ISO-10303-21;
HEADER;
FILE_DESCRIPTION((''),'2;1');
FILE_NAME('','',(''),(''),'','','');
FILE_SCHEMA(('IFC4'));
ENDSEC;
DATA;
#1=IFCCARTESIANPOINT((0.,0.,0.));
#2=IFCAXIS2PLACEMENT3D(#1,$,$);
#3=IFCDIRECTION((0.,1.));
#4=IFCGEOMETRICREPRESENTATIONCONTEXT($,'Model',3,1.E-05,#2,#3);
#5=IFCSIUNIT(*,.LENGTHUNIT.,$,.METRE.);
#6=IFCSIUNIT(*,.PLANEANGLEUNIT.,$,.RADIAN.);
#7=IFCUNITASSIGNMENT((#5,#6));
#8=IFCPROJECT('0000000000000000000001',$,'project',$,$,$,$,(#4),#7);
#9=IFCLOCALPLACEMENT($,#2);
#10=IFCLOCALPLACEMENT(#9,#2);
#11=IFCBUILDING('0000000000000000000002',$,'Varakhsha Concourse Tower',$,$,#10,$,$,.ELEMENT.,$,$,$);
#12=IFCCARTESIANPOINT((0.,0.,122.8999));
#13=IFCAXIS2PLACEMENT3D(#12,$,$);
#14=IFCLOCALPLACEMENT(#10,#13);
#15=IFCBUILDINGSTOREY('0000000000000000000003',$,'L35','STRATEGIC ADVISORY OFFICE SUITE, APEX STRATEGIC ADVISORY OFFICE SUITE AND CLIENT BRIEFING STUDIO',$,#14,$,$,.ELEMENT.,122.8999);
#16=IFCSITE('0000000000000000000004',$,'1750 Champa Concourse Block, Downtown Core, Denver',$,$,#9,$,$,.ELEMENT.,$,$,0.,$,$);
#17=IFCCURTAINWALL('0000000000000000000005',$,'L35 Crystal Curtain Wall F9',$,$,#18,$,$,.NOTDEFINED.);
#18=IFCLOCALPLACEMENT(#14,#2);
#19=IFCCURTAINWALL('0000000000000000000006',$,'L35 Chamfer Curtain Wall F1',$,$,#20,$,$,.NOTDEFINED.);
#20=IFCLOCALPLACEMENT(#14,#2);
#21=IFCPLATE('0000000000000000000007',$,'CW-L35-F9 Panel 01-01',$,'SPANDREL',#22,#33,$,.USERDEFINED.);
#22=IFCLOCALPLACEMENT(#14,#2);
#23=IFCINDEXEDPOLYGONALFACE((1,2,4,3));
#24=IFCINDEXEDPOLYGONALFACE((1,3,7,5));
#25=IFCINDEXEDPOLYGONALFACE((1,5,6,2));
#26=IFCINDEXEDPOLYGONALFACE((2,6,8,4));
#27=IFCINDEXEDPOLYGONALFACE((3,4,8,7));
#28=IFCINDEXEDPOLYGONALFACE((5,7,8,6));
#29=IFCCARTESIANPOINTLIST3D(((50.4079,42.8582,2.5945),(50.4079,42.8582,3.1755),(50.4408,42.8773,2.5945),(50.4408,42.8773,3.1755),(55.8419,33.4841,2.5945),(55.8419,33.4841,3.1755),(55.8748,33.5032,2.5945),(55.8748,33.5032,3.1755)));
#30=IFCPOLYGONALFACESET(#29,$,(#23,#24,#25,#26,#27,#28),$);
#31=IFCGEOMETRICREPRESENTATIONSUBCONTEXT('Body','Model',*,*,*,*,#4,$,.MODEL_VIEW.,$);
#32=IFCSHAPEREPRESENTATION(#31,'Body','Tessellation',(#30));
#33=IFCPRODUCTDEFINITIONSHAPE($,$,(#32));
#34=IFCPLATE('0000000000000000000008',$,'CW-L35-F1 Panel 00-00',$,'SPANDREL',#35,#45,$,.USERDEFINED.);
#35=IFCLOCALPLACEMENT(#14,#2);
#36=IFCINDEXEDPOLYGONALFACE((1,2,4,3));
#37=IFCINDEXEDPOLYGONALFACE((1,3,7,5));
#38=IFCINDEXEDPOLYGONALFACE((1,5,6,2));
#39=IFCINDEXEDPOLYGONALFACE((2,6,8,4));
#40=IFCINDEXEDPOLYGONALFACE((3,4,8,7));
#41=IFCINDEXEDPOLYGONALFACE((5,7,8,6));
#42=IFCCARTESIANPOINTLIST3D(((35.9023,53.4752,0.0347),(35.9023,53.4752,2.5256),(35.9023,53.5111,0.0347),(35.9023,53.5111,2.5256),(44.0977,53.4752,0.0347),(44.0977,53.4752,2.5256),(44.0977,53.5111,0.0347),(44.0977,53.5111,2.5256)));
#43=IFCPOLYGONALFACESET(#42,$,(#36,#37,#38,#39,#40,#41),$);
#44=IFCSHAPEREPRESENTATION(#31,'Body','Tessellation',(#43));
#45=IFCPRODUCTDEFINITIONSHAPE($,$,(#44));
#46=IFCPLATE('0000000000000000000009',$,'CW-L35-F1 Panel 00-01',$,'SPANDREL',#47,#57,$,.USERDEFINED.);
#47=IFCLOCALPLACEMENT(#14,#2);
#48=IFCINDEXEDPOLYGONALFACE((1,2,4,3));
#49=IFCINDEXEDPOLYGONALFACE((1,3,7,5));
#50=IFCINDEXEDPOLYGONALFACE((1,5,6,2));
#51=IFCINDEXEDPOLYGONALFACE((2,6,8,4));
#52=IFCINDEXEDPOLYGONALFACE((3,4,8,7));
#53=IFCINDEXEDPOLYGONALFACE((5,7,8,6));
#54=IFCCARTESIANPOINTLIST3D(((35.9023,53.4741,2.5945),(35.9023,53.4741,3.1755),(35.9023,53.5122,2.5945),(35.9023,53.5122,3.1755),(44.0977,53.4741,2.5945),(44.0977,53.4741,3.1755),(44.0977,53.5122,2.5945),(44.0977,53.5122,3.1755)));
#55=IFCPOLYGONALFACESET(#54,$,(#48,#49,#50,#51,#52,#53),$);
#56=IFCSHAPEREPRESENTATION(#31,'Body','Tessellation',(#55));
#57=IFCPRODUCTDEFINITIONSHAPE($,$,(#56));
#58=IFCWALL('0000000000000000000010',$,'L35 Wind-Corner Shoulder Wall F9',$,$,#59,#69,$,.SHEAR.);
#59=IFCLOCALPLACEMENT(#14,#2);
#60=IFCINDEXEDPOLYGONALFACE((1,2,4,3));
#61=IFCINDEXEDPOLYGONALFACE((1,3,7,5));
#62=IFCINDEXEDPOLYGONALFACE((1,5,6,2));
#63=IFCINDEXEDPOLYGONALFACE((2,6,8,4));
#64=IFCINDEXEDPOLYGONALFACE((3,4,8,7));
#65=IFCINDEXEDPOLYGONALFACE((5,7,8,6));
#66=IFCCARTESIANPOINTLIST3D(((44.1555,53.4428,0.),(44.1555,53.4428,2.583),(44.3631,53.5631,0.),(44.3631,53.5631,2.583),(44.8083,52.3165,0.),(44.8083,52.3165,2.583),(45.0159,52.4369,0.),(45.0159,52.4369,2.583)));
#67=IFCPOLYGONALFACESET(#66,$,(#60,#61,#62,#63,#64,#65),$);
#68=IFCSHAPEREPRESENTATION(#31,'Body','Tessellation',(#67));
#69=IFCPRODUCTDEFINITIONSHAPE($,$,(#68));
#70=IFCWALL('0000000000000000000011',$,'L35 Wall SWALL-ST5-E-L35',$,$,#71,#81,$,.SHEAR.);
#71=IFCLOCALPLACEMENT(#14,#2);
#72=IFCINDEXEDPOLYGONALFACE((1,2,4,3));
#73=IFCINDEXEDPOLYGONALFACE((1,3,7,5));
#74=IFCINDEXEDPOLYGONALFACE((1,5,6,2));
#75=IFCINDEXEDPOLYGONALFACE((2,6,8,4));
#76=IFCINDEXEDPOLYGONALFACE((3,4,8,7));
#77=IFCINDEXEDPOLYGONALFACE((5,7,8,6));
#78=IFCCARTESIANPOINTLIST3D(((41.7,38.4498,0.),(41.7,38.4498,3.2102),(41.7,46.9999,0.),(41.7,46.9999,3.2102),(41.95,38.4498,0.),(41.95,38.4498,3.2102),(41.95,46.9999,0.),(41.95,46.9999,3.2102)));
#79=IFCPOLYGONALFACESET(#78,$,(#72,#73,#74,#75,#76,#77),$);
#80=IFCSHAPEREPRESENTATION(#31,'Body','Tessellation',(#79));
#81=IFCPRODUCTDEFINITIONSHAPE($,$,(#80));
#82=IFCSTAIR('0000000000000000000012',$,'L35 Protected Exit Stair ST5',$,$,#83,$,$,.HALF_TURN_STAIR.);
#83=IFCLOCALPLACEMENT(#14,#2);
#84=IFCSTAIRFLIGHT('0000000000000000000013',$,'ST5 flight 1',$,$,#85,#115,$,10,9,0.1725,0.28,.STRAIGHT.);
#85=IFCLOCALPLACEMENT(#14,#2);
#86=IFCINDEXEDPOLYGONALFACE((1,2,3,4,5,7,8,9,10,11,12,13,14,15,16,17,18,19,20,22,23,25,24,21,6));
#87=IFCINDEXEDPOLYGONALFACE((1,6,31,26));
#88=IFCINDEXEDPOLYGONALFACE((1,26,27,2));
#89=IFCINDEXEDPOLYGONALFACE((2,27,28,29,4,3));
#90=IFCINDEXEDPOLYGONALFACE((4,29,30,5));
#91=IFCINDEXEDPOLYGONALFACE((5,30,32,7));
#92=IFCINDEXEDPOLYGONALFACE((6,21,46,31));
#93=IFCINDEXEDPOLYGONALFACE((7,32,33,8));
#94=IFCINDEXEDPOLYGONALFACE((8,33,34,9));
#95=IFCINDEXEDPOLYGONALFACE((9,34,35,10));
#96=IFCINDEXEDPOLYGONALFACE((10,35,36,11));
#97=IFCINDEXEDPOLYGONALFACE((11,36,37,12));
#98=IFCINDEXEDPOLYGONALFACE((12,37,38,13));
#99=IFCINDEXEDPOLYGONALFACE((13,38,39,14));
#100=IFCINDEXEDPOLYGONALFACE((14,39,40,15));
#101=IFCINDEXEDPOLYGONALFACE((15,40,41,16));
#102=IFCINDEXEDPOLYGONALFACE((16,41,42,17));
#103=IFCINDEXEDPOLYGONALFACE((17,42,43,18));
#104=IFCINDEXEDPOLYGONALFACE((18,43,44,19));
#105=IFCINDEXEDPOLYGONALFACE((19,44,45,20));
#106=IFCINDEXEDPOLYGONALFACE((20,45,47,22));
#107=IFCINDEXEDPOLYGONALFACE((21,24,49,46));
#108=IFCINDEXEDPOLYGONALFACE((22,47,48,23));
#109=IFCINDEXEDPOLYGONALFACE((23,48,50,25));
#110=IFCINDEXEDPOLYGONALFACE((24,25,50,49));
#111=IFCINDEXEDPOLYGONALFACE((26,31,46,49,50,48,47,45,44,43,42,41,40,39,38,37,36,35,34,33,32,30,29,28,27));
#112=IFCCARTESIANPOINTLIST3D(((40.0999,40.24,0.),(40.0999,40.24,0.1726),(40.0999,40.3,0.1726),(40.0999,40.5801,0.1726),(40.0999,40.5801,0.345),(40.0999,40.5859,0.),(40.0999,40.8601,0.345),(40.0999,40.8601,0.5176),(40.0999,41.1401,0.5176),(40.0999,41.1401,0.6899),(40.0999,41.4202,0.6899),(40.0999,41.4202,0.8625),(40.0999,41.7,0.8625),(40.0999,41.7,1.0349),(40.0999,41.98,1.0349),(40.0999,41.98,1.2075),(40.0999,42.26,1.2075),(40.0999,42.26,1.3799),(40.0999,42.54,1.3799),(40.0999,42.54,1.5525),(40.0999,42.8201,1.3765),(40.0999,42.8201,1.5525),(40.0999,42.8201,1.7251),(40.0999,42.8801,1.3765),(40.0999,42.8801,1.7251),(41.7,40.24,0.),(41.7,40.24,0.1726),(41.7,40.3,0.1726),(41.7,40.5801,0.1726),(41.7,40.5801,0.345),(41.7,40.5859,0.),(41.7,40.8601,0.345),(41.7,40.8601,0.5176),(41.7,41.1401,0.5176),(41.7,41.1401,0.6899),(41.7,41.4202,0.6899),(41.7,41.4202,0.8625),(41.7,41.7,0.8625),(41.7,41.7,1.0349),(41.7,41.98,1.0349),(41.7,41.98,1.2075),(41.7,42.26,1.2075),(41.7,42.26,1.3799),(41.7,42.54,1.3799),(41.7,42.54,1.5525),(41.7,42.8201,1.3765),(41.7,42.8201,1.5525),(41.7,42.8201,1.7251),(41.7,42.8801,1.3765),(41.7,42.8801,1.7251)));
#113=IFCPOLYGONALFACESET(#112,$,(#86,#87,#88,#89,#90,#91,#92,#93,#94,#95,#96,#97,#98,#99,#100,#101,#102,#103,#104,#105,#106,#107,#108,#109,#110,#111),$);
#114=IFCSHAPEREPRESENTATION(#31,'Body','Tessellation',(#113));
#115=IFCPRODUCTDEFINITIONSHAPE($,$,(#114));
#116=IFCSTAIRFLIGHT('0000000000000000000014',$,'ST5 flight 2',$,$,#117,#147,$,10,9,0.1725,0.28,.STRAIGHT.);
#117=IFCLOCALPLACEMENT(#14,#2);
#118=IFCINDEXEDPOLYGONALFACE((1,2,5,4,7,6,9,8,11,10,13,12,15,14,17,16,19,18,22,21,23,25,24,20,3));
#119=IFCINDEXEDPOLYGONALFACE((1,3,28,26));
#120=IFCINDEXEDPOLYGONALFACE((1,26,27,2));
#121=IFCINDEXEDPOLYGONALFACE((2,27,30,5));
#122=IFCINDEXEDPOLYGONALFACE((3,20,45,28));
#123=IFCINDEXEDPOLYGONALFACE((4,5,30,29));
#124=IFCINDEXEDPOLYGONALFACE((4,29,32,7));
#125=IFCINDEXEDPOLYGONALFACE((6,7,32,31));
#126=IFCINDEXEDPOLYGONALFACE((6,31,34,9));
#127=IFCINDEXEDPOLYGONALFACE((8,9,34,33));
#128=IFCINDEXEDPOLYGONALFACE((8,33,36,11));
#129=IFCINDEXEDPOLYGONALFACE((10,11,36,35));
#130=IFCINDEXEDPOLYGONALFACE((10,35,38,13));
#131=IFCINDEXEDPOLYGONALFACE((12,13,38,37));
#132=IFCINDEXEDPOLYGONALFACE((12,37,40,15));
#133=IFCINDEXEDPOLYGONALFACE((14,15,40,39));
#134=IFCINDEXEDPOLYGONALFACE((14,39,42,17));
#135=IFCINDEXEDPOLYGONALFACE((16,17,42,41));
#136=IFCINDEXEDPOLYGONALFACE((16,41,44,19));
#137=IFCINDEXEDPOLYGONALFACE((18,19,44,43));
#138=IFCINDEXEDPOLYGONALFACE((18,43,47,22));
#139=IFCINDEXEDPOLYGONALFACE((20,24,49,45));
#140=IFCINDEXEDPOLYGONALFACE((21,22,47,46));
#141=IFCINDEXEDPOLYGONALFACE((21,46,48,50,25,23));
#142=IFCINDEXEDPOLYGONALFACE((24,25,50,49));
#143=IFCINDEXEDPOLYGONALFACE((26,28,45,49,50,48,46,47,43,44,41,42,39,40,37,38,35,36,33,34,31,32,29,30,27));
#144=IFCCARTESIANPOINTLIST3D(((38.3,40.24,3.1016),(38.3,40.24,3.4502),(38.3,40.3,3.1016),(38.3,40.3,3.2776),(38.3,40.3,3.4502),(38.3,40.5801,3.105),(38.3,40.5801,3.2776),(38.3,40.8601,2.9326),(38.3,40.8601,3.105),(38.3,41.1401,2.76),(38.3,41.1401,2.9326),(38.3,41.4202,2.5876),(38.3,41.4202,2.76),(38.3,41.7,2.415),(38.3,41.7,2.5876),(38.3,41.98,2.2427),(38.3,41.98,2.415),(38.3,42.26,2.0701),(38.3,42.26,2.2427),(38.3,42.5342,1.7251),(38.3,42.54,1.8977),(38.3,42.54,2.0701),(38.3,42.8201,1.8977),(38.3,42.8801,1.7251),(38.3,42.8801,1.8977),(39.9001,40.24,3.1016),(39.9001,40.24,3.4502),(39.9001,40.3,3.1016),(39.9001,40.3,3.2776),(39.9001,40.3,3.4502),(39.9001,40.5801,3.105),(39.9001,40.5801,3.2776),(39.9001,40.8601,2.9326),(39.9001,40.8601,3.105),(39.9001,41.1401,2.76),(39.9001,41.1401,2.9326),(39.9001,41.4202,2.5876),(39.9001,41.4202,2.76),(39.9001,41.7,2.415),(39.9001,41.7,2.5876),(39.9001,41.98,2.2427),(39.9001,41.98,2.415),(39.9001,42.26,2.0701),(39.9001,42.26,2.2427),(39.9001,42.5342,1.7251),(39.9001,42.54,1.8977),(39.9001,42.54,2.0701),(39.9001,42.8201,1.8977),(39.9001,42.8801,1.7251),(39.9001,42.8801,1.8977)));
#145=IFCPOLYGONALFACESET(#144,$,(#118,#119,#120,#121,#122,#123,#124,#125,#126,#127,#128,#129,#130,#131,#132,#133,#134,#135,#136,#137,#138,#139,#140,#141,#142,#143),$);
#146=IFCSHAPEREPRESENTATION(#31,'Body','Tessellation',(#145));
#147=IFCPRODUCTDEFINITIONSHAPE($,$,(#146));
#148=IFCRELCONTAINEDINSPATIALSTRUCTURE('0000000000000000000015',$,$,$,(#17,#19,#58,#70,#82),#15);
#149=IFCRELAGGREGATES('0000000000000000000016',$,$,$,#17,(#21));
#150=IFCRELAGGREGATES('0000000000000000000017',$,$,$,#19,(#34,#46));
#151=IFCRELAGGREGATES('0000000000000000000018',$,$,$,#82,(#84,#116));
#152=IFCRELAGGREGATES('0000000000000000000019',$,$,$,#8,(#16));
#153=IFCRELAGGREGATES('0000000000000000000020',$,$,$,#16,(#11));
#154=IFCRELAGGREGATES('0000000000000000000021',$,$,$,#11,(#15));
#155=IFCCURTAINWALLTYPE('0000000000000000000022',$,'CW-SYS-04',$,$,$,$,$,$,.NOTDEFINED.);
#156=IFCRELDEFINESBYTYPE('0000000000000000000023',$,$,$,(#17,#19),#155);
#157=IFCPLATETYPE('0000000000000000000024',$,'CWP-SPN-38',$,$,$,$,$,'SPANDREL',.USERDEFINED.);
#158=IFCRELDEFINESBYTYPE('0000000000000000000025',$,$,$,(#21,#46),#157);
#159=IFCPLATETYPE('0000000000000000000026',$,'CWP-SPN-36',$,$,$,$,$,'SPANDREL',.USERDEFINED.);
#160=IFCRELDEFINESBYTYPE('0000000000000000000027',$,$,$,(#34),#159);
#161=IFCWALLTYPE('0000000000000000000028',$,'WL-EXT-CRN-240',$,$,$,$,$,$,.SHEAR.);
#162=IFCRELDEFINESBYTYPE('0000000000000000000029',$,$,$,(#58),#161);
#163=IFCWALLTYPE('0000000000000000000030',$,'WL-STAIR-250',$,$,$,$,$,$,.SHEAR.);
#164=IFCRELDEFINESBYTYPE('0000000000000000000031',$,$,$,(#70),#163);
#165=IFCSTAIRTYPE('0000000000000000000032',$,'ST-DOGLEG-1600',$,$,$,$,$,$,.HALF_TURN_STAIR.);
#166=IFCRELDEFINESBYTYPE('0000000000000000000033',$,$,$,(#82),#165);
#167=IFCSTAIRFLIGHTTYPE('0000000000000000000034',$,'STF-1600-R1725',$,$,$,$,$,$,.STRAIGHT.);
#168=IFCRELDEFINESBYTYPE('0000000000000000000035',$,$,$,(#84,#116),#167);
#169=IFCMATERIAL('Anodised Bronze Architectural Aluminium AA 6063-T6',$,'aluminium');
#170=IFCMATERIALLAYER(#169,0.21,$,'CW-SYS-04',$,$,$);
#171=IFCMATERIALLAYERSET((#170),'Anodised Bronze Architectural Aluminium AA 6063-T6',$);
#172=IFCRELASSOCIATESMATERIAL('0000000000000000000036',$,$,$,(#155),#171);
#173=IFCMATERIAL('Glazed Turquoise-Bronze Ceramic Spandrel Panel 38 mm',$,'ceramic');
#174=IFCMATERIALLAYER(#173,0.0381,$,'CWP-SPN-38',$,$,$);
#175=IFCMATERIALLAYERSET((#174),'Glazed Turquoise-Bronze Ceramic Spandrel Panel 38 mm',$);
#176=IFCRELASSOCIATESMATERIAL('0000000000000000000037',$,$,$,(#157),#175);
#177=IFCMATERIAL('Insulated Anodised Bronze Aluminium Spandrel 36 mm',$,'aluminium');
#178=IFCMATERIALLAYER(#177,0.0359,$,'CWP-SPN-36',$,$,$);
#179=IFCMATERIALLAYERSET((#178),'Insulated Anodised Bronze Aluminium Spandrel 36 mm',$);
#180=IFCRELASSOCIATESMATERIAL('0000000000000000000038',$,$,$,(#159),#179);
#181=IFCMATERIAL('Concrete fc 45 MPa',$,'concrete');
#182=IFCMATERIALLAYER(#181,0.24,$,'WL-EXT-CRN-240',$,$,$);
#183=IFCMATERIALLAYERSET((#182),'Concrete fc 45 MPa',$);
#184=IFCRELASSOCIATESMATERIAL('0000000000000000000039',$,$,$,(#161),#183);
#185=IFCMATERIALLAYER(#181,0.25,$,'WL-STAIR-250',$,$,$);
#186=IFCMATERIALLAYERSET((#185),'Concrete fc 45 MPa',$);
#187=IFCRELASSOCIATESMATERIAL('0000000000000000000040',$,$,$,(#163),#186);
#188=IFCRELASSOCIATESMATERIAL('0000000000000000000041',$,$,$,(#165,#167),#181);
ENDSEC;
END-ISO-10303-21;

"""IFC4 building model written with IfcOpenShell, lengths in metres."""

from ifc_helpers import new_model, si_unit, direction, frame, frame_2d, origin, origin_2d, place, context, subcontext, project, spatial, polyline, rectangle, outline, extrude, source, transform, mapped, material, layer, layer_set, type_object, type_shapes, element, aggregate, save


model = new_model("IFC4")

# Units and contexts
model_context = context("Model", 3, precision=1e-05, world=origin(), true_north=direction((0.0, 1.0)))
body_context = subcontext(model_context, "Body", "Model", "MODEL_VIEW")
ifc_project = project(units=[si_unit("LENGTHUNIT", "METRE"), si_unit("PLANEANGLEUNIT", "RADIAN")], contexts=[model_context])

# Site, building, storey
site_placement = place(None, origin())
site = spatial("IfcSite", under=ifc_project, at=site_placement, Name="1750 Champa Concourse Block, Downtown Core, Denver", CompositionType="ELEMENT", RefElevation=0.0)
building_placement = place(site_placement, origin())
building = spatial("IfcBuilding", under=site, at=building_placement, Name="Varakhsha Concourse Tower", CompositionType="ELEMENT")
storey_placement = place(building_placement, frame((0.0, 0.0, 122.8999)))
storey = spatial("IfcBuildingStorey", under=building, at=storey_placement, Name="L35", Description="STRATEGIC ADVISORY OFFICE SUITE, APEX STRATEGIC ADVISORY OFFICE SUITE AND CLIENT BRIEFING STUDIO", CompositionType="ELEMENT", Elevation=122.8999)

# Curtain walls
ifc_material_1 = material(Name="Anodised Bronze Architectural Aluminium AA 6063-T6", Category="aluminium")
ifc_layer_1 = layer(ifc_material_1, 0.21, Name="CW-SYS-04")
ifc_layer_set_1 = layer_set([ifc_layer_1], Name="Anodised Bronze Architectural Aluminium AA 6063-T6")
curtain_wall_type = type_object("IfcCurtainWallType", Name="CW-SYS-04", PredefinedType="NOTDEFINED", material=ifc_layer_set_1)
curtain_wall_1_placement = place(storey_placement, origin())
curtain_wall_1 = element("IfcCurtainWall", 1, at=curtain_wall_1_placement, inside=storey, type_object=curtain_wall_type, Name="L35 Crystal Curtain Wall F9", PredefinedType="NOTDEFINED")
curtain_wall_2_placement = place(storey_placement, origin())
curtain_wall_2 = element("IfcCurtainWall", 2, at=curtain_wall_2_placement, inside=storey, type_object=curtain_wall_type, Name="L35 Chamfer Curtain Wall F1", PredefinedType="NOTDEFINED")

# Plates
ifc_material_2 = material(Name="Glazed Turquoise-Bronze Ceramic Spandrel Panel 38 mm", Category="ceramic")
ifc_layer_2 = layer(ifc_material_2, 0.0381, Name="CWP-SPN-38")
ifc_layer_set_2 = layer_set([ifc_layer_2], Name="Glazed Turquoise-Bronze Ceramic Spandrel Panel 38 mm")
plate_type_1 = type_object("IfcPlateType", Name="CWP-SPN-38", ElementType="SPANDREL", PredefinedType="USERDEFINED", material=ifc_layer_set_2)
shared_shape_1 = source(origin(), body_context, "Body", "SweptSolid", [
    extrude(rectangle(XDim=10.8352, YDim=0.0381, at=origin_2d()), origin(), (0.0, 0.0, 1.0), 0.5811),
])
plate_1_placement = place(storey_placement, frame((53.1414, 38.1807, 2.5945), z_axis=(0.0, 0.0, 1.0), x_axis=(0.501514, -0.86515, 0.0)))
plate_1 = element("IfcPlate", 3, at=plate_1_placement, type_object=plate_type_1, Name="CW-L35-F9 Panel 01-01", ObjectType="SPANDREL", PredefinedType="USERDEFINED", context=body_context, shape_type="MappedRepresentation", body=[
    mapped(shared_shape_1, transform((0.0, 0.0, 0.0), scale=1.0)),
])
aggregate(curtain_wall_1, [plate_1])
ifc_material_3 = material(Name="Insulated Anodised Bronze Aluminium Spandrel 36 mm", Category="aluminium")
ifc_layer_3 = layer(ifc_material_3, 0.0359, Name="CWP-SPN-36")
ifc_layer_set_3 = layer_set([ifc_layer_3], Name="Insulated Anodised Bronze Aluminium Spandrel 36 mm")
plate_type_2 = type_object("IfcPlateType", Name="CWP-SPN-36", ElementType="SPANDREL", PredefinedType="USERDEFINED", material=ifc_layer_set_3)
shared_shape_2 = source(origin(), body_context, "Body", "SweptSolid", [
    extrude(rectangle(XDim=8.1953, YDim=0.0359, at=origin_2d()), origin(), (0.0, 0.0, 1.0), 2.491),
])
type_shapes(plate_type_2, [shared_shape_2])
plate_2_placement = place(storey_placement, frame((40.0, 53.4932, 0.0347), z_axis=(0.0, 0.0, 1.0), x_axis=(1.0, 0.0, 0.0)))
plate_2 = element("IfcPlate", 4, at=plate_2_placement, type_object=plate_type_2, Name="CW-L35-F1 Panel 00-00", ObjectType="SPANDREL", PredefinedType="USERDEFINED", context=body_context, shape_type="MappedRepresentation", body=[
    mapped(shared_shape_2, transform((0.0, 0.0, 0.0), scale=1.0)),
])
shared_shape_3 = source(origin(), body_context, "Body", "SweptSolid", [
    extrude(rectangle(XDim=8.1953, YDim=0.0381, at=origin_2d()), origin(), (0.0, 0.0, 1.0), 0.5811),
])
plate_3_placement = place(storey_placement, frame((40.0, 53.4932, 2.5945), z_axis=(0.0, 0.0, 1.0), x_axis=(1.0, 0.0, 0.0)))
plate_3 = element("IfcPlate", 5, at=plate_3_placement, type_object=plate_type_1, Name="CW-L35-F1 Panel 00-01", ObjectType="SPANDREL", PredefinedType="USERDEFINED", context=body_context, shape_type="MappedRepresentation", body=[
    mapped(shared_shape_3, transform((0.0, 0.0, 0.0), scale=1.0)),
])
aggregate(curtain_wall_2, [plate_2, plate_3])

# Walls
ifc_material_4 = material(Name="Concrete fc 45 MPa", Category="concrete")
ifc_layer_4 = layer(ifc_material_4, 0.24, Name="WL-EXT-CRN-240")
ifc_layer_set_4 = layer_set([ifc_layer_4], Name="Concrete fc 45 MPa")
wall_type_1 = type_object("IfcWallType", Name="WL-EXT-CRN-240", PredefinedType="SHEAR", material=ifc_layer_set_4)
wall_1_placement = place(storey_placement, frame((44.9121, 52.3767, 0.0), z_axis=(0.0, 0.0, 1.0), x_axis=(-0.501502, 0.865157, 0.0)))
element("IfcWall", 6, at=wall_1_placement, inside=storey, type_object=wall_type_1, Name="L35 Wind-Corner Shoulder Wall F9", PredefinedType="SHEAR", context=body_context, shape_type="SweptSolid", body=[
    extrude(rectangle(XDim=1.3018, YDim=0.24, at=frame_2d((0.6509, 0.0))), origin(), (0.0, 0.0, 1.0), 2.583),
])
ifc_layer_5 = layer(ifc_material_4, 0.25, Name="WL-STAIR-250")
ifc_layer_set_5 = layer_set([ifc_layer_5], Name="Concrete fc 45 MPa")
wall_type_2 = type_object("IfcWallType", Name="WL-STAIR-250", PredefinedType="SHEAR", material=ifc_layer_set_5)
wall_2_placement = place(storey_placement, frame((41.825, 38.45, 0.0), z_axis=(0.0, 0.0, 1.0), x_axis=(0.0, 1.0, 0.0)))
element("IfcWall", 7, at=wall_2_placement, inside=storey, type_object=wall_type_2, Name="L35 Wall SWALL-ST5-E-L35", PredefinedType="SHEAR", context=body_context, shape_type="SweptSolid", body=[
    extrude(rectangle(XDim=8.55, YDim=0.25, at=frame_2d((4.2749, 0.0))), origin(), (0.0, 0.0, 1.0), 3.2102),
])

# Stair, stair flights
stair_type = type_object("IfcStairType", Name="ST-DOGLEG-1600", PredefinedType="HALF_TURN_STAIR", material=ifc_material_4)
stair_placement = place(storey_placement, origin())
stair = element("IfcStair", 8, at=stair_placement, inside=storey, type_object=stair_type, Name="L35 Protected Exit Stair ST5", PredefinedType="HALF_TURN_STAIR")
stair_flight_type = type_object("IfcStairFlightType", Name="STF-1600-R1725", PredefinedType="STRAIGHT", material=ifc_material_4)
stair_flight_1_placement = place(storey_placement, frame((40.8999, 40.3, 0.0), z_axis=(0.0, 0.0, 1.0), x_axis=(0.0, 1.0, 0.0)))
stair_flight_1 = element("IfcStairFlight", 9, at=stair_flight_1_placement, type_object=stair_flight_type, Name="ST5 flight 1", NumberOfRisers=10, NumberOfTreads=9, PredefinedType="STRAIGHT", RiserHeight=0.1725, TreadLength=0.28, context=body_context, shape_type="SweptSolid", body=[
    extrude(outline(polyline([(-0.0601, 0.0), (-0.0601, 0.1726), (0.0, 0.1726), (0.28, 0.1726), (0.28, 0.345), (0.5601, 0.345), (0.5601, 0.5176), (0.8401, 0.5176), (0.8401, 0.6899), (1.1201, 0.6899), (1.1201, 0.8625), (1.3999, 0.8625), (1.3999, 1.0349), (1.6799, 1.0349), (1.6799, 1.2075), (1.96, 1.2075), (1.96, 1.3799), (2.24, 1.3799), (2.24, 1.5525), (2.52, 1.5525), (2.52, 1.7251), (2.5801, 1.7251), (2.5801, 1.3765), (2.52, 1.3765), (0.2859, 0.0), (-0.0601, 0.0)])), frame((0.0, 0.8, 0.0), z_axis=(0.0, -1.0, 0.0), x_axis=(1.0, 0.0, 0.0)), (0.0, 0.0, 1.0), 1.6001),
])
stair_flight_2_placement = place(storey_placement, frame((39.1001, 42.8201, 1.7251), z_axis=(0.0, 0.0, 1.0), x_axis=(0.0, -1.0, 0.0)))
stair_flight_2 = element("IfcStairFlight", 10, at=stair_flight_2_placement, type_object=stair_flight_type, Name="ST5 flight 2", NumberOfRisers=10, NumberOfTreads=9, PredefinedType="STRAIGHT", RiserHeight=0.1725, TreadLength=0.28, context=body_context, shape_type="SweptSolid", body=[
    extrude(outline(polyline([(-0.0601, 0.0), (-0.0601, 0.1726), (0.0, 0.1726), (0.28, 0.1726), (0.28, 0.345), (0.5601, 0.345), (0.5601, 0.5176), (0.8401, 0.5176), (0.8401, 0.6899), (1.1201, 0.6899), (1.1201, 0.8625), (1.3999, 0.8625), (1.3999, 1.0349), (1.6799, 1.0349), (1.6799, 1.2075), (1.96, 1.2075), (1.96, 1.3799), (2.24, 1.3799), (2.24, 1.5525), (2.52, 1.5525), (2.52, 1.7251), (2.5801, 1.7251), (2.5801, 1.3765), (2.52, 1.3765), (0.2859, 0.0), (-0.0601, 0.0)])), frame((0.0, 0.8, 0.0), z_axis=(0.0, -1.0, 0.0), x_axis=(1.0, 0.0, 0.0)), (0.0, 0.0, 1.0), 1.6001),
])
aggregate(stair, [stair_flight_1, stair_flight_2])

save(model, "model.ifc")
